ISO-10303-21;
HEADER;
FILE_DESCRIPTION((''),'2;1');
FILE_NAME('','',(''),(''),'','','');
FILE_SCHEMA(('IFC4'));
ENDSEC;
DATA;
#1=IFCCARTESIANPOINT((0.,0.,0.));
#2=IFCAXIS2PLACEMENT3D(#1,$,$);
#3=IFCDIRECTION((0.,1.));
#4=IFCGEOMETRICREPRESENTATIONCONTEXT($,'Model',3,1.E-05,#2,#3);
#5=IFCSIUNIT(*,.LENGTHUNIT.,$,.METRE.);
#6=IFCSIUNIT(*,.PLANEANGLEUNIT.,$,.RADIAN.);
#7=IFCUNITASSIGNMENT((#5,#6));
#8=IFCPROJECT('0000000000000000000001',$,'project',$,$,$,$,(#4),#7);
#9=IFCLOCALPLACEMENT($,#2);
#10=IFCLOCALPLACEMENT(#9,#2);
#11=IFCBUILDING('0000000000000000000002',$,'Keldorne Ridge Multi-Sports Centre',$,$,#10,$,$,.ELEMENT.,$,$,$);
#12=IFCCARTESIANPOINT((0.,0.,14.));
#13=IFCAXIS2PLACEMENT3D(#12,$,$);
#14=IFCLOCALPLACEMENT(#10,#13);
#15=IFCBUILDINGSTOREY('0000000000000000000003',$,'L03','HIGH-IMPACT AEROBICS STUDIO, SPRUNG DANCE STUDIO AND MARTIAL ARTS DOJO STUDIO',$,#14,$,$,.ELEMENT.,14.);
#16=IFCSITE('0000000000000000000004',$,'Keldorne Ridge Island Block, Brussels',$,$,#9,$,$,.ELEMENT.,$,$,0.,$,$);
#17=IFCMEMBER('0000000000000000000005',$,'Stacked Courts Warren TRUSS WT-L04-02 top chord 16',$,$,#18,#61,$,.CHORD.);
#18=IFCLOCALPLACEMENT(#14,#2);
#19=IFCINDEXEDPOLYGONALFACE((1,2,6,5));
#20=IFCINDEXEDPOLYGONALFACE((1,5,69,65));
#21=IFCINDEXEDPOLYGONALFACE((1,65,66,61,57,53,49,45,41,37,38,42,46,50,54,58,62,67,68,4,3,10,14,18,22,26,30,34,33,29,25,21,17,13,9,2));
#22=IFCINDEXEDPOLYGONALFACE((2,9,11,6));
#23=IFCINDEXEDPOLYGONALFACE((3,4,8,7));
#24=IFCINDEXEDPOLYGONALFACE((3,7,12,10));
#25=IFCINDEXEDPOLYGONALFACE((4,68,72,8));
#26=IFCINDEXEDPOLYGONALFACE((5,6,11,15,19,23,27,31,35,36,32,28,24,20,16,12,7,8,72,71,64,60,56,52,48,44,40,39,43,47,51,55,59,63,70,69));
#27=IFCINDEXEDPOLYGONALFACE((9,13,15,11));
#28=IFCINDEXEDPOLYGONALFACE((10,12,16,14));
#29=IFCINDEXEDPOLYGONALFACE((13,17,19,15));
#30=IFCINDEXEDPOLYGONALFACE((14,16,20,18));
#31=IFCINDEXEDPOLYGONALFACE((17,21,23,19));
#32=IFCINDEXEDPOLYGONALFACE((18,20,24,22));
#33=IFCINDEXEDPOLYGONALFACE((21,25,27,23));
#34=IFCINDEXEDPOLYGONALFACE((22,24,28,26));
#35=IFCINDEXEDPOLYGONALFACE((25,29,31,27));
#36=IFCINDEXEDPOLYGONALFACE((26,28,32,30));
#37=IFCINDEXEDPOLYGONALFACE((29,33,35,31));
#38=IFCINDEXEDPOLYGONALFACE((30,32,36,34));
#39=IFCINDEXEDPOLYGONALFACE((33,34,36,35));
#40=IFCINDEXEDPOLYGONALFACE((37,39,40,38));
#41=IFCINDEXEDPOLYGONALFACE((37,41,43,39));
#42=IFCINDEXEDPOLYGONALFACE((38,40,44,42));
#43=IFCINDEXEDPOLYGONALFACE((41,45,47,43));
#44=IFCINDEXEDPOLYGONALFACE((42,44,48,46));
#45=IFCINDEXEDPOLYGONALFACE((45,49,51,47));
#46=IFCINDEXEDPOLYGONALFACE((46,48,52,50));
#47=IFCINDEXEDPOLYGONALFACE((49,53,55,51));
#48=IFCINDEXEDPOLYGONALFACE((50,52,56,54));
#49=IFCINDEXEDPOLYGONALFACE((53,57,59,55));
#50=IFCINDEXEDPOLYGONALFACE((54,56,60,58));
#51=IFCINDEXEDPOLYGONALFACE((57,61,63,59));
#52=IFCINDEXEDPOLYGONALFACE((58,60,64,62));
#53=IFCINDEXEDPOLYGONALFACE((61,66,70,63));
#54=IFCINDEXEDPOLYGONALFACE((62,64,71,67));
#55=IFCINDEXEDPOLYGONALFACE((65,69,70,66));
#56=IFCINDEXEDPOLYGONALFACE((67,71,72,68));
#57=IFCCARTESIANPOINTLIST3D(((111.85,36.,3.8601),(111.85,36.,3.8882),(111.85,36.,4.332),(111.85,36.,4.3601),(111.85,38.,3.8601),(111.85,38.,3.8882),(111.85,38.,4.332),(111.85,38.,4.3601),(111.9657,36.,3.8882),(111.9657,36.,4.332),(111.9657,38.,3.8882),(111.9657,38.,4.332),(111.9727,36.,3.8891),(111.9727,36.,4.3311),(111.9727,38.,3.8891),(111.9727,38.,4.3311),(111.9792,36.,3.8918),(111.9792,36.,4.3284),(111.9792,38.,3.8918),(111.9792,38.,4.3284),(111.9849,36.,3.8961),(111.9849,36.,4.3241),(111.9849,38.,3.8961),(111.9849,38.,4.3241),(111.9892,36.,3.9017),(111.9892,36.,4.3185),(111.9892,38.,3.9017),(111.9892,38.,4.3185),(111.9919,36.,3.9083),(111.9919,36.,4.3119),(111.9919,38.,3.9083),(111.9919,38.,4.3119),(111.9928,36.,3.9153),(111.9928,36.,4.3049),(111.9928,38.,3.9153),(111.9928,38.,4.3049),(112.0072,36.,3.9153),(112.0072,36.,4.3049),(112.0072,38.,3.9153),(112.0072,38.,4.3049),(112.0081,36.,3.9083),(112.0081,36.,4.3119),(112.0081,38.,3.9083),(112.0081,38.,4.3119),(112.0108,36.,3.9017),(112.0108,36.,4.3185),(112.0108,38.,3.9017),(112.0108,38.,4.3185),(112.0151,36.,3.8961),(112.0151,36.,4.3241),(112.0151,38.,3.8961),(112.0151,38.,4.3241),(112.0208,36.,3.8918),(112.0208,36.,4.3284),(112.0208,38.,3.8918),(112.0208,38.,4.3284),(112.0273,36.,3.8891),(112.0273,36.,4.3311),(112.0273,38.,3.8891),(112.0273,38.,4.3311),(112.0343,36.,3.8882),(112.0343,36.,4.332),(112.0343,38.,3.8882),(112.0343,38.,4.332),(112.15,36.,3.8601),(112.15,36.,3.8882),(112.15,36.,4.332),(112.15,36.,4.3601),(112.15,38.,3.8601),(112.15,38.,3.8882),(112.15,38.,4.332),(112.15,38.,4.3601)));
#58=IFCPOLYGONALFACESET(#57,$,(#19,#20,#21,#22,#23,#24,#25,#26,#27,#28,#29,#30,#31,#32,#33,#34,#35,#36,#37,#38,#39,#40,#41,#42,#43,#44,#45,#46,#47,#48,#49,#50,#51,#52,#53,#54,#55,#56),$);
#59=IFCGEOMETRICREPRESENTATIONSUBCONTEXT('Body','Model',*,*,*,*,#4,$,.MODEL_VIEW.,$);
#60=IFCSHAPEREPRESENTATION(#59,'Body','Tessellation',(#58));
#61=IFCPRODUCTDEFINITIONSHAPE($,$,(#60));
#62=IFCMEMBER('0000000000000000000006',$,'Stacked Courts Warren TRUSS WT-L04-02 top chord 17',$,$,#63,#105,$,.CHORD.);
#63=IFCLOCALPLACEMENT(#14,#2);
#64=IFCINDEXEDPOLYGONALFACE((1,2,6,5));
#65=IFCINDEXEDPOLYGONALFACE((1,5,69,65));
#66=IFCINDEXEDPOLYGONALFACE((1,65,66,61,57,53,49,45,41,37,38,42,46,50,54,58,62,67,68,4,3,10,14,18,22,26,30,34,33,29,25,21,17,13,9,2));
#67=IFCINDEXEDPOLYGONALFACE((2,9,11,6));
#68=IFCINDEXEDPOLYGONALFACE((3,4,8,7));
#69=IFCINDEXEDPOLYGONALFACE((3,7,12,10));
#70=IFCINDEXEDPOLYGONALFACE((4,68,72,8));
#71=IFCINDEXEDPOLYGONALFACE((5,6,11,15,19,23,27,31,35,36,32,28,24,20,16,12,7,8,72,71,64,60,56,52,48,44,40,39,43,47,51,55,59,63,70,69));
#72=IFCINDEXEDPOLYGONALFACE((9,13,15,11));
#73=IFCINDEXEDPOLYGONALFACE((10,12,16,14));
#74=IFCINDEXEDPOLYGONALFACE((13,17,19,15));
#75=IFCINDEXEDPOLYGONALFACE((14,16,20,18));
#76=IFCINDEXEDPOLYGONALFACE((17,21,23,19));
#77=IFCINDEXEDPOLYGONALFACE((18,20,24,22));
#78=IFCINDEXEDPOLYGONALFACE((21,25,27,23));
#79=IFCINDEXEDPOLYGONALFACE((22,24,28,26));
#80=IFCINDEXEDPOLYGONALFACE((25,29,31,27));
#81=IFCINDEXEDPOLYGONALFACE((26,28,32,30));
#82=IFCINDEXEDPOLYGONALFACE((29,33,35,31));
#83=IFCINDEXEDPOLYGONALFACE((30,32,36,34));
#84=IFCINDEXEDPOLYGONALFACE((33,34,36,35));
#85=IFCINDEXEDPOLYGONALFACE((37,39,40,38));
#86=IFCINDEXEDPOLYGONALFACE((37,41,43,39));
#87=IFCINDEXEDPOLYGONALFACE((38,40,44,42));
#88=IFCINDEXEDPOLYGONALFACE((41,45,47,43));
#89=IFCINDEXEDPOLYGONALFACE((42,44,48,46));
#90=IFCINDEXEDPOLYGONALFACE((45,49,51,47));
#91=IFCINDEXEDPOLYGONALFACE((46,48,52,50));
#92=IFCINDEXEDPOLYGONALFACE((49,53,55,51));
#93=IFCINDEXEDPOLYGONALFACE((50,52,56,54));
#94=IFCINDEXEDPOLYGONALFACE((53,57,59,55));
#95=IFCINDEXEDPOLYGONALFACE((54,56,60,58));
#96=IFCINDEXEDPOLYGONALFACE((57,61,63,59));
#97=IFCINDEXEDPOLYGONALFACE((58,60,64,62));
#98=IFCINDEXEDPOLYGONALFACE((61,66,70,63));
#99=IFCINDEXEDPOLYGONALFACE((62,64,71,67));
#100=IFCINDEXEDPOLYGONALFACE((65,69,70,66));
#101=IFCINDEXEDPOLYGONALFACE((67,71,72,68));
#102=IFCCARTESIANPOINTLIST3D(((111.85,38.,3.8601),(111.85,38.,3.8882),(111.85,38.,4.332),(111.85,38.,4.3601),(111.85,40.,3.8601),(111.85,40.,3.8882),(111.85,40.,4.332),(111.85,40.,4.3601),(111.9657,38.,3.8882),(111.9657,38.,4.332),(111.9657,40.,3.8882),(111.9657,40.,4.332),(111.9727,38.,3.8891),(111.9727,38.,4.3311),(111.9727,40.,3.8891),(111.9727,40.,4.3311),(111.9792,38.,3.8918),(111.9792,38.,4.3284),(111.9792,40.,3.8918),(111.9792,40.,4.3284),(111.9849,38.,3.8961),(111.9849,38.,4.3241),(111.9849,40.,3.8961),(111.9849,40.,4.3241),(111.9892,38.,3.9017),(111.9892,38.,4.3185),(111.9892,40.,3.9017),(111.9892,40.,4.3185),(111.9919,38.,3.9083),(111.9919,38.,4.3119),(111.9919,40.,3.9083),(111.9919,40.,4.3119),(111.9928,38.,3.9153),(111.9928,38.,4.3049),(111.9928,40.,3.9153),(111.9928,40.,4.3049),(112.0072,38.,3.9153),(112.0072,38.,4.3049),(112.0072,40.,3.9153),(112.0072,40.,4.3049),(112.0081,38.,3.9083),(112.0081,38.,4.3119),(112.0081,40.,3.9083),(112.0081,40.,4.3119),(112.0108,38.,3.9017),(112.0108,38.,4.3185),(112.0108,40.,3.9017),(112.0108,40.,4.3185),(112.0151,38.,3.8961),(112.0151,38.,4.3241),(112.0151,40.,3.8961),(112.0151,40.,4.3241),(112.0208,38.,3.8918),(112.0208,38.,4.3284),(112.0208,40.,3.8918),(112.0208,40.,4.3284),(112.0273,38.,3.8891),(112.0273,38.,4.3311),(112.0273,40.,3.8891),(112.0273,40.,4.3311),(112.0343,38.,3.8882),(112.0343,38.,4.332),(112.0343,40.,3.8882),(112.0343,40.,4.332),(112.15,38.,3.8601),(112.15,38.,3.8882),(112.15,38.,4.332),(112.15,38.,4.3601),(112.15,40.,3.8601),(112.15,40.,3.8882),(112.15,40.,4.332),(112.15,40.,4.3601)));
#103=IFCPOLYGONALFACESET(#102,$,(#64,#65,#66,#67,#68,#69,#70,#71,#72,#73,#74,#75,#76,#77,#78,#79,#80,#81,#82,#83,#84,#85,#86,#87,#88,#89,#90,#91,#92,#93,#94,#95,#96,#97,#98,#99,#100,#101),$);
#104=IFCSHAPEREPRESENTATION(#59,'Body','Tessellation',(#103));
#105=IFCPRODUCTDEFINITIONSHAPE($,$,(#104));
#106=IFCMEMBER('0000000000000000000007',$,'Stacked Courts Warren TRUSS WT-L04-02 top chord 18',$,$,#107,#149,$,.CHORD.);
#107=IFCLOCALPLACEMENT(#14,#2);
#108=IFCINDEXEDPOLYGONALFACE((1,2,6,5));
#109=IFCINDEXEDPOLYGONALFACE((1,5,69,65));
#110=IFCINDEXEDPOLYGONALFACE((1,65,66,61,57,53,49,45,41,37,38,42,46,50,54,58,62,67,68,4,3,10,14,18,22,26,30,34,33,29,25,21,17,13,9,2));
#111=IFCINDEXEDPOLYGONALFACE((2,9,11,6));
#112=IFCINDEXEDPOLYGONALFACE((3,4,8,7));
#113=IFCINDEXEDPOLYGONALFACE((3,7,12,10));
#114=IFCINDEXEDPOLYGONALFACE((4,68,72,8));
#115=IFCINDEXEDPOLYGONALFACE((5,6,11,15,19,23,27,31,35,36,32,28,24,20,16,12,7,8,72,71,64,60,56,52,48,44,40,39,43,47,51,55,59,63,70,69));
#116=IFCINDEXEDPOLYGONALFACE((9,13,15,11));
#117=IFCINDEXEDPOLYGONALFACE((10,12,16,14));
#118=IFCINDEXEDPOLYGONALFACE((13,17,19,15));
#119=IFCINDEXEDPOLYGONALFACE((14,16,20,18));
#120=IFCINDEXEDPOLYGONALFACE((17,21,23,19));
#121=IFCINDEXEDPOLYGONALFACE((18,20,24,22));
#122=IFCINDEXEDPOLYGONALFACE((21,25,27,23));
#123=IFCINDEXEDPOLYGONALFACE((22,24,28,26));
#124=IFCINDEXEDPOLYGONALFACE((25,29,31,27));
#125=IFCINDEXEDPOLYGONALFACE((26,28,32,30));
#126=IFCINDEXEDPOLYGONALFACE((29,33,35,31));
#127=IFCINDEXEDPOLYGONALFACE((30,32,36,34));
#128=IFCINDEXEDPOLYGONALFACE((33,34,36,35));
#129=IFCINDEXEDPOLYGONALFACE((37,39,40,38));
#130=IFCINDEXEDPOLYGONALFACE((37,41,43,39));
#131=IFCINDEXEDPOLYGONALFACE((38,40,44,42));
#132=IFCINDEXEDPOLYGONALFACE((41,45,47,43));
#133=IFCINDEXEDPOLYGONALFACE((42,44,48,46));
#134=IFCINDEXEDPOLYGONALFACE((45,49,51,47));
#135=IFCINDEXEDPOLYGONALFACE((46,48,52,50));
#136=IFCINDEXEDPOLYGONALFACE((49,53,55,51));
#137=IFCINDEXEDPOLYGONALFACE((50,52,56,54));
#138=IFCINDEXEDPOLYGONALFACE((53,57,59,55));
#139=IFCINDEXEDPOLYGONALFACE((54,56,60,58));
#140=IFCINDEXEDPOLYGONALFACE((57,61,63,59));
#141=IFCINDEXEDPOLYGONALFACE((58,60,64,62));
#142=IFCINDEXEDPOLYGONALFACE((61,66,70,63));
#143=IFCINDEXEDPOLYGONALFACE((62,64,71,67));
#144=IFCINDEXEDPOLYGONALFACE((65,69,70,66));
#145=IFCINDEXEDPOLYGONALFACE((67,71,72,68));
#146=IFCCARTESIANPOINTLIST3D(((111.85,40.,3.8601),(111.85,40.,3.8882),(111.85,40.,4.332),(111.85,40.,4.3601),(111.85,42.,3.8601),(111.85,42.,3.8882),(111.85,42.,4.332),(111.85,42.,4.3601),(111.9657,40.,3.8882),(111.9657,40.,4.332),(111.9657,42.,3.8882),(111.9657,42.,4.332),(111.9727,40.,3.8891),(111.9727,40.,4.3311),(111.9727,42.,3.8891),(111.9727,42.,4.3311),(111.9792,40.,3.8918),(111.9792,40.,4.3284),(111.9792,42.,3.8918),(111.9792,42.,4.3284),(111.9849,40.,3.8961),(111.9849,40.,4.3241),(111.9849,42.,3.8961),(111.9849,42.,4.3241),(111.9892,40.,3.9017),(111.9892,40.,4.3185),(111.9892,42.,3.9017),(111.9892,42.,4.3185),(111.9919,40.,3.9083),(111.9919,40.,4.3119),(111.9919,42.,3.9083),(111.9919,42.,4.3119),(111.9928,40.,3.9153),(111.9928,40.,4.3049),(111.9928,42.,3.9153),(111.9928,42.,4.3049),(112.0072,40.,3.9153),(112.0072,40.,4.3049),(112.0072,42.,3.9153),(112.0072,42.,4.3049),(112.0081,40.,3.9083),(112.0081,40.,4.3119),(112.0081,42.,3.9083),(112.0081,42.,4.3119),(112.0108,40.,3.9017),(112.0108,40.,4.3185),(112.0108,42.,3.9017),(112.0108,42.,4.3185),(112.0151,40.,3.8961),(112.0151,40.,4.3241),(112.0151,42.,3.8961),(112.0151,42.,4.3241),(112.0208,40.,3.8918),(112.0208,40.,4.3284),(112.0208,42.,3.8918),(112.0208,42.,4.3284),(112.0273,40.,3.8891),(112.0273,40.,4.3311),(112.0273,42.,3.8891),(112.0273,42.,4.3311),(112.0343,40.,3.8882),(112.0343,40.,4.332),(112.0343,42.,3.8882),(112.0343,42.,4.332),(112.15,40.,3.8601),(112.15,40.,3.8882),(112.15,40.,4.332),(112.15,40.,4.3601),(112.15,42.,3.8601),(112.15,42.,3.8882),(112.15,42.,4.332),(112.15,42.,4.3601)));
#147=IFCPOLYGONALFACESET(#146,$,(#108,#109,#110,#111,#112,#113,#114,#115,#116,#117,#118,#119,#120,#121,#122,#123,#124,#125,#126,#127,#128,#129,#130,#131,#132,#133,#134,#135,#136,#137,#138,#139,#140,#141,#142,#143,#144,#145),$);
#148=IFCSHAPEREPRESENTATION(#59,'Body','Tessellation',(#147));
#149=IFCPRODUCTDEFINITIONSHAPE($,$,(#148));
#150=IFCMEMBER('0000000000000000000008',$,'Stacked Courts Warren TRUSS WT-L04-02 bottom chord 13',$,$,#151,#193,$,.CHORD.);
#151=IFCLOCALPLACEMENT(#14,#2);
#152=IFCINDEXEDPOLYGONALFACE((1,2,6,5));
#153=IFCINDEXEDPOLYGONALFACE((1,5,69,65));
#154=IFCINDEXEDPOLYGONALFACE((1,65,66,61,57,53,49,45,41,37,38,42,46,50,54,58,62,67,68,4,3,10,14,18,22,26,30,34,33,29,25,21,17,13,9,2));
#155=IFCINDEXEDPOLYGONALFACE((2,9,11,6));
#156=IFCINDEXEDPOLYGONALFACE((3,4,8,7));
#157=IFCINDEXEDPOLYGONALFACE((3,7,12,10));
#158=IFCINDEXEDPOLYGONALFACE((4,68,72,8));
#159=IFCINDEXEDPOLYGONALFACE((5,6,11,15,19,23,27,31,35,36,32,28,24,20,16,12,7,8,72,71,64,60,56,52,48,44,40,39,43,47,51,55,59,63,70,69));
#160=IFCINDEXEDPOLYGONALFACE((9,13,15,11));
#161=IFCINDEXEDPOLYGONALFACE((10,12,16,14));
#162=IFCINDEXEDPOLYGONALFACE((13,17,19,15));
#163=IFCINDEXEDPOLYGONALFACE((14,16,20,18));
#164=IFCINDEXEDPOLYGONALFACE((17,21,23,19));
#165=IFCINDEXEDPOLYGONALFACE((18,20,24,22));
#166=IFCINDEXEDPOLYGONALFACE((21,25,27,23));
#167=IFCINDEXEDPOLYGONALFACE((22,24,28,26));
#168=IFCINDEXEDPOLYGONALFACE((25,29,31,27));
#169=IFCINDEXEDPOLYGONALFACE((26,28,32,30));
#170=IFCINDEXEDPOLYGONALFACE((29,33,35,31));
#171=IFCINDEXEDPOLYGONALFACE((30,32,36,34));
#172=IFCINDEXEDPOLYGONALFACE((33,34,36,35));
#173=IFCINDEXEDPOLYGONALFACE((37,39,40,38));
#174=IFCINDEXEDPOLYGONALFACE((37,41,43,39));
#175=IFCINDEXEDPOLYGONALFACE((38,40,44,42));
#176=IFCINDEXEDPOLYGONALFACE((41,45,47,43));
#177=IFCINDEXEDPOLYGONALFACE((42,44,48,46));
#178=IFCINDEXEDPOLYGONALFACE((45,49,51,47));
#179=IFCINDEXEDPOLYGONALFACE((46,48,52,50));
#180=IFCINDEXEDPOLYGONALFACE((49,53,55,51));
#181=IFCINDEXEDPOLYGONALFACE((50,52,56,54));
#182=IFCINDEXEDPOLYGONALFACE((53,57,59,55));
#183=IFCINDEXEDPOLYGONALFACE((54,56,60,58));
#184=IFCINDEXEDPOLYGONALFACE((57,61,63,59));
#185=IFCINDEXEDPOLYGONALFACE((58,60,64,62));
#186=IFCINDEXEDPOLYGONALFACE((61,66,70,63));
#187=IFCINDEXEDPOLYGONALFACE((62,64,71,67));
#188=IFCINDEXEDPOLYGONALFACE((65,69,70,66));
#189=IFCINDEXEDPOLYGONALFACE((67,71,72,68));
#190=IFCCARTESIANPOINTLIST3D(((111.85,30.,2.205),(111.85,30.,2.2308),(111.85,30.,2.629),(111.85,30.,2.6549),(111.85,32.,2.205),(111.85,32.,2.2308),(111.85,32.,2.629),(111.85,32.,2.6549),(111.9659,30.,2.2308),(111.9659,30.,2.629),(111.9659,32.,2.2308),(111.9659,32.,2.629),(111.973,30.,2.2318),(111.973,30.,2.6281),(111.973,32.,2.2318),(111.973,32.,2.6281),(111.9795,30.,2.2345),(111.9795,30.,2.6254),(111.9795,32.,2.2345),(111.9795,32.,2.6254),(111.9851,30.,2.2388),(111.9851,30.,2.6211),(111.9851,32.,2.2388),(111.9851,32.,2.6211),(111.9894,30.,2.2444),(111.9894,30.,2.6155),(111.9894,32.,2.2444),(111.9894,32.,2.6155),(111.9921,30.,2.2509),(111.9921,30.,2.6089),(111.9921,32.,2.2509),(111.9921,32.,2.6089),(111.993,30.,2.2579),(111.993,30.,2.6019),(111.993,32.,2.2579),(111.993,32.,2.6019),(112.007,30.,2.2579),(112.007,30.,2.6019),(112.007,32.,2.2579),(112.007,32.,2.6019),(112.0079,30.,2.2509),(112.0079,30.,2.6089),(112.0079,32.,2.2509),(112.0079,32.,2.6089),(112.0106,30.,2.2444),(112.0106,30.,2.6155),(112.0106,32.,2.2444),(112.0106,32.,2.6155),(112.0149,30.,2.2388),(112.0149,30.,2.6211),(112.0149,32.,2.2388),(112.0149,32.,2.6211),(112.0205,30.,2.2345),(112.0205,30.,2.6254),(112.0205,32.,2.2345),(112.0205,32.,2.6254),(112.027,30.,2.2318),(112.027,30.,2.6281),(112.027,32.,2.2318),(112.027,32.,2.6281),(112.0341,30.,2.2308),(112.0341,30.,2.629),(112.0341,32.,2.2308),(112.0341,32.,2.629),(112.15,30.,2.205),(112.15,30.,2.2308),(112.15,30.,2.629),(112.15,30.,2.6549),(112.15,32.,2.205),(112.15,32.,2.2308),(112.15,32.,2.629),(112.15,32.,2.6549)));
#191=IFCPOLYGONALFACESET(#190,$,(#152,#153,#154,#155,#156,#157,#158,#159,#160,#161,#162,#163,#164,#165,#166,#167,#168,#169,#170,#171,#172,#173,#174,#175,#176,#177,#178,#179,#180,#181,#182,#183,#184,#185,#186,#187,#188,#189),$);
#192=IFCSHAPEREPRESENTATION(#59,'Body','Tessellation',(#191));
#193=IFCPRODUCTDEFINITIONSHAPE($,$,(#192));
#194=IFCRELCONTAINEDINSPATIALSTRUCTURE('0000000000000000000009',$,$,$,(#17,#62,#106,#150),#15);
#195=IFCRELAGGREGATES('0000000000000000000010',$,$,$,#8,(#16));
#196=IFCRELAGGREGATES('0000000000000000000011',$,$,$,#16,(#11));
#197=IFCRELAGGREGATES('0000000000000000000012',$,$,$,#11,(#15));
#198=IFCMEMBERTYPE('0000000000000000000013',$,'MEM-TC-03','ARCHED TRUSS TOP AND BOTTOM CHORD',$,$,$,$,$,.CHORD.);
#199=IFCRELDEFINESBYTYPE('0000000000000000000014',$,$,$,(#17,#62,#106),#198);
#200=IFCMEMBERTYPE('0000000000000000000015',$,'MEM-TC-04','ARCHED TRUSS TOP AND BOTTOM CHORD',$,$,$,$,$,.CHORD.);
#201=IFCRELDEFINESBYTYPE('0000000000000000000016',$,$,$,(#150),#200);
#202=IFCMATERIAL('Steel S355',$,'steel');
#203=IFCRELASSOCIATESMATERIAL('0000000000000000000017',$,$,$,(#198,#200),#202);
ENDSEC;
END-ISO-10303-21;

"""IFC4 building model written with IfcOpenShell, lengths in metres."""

from ifc_helpers import new_model, si_unit, direction, frame, origin, origin_2d, place, context, subcontext, project, spatial, i_section, extrude, material, material_profile, profile_set, type_object, element, save


model = new_model("IFC4")

# Units and contexts
model_context = context("Model", 3, precision=1e-05, world=origin(), true_north=direction((0.0, 1.0)))
body_context = subcontext(model_context, "Body", "Model", "MODEL_VIEW")
ifc_project = project(units=[si_unit("LENGTHUNIT", "METRE"), si_unit("PLANEANGLEUNIT", "RADIAN")], contexts=[model_context])

# Site, building, storey
site_placement = place(None, origin())
site = spatial("IfcSite", under=ifc_project, at=site_placement, Name="Keldorne Ridge Island Block, Brussels", CompositionType="ELEMENT", RefElevation=0.0)
building_placement = place(site_placement, origin())
building = spatial("IfcBuilding", under=site, at=building_placement, Name="Keldorne Ridge Multi-Sports Centre", CompositionType="ELEMENT")
storey_placement = place(building_placement, frame((0.0, 0.0, 14.0)))
storey = spatial("IfcBuildingStorey", under=building, at=storey_placement, Name="L03", Description="HIGH-IMPACT AEROBICS STUDIO, SPRUNG DANCE STUDIO AND MARTIAL ARTS DOJO STUDIO", CompositionType="ELEMENT", Elevation=14.0)

# Shared definitions
ifc_material_1 = material(Name="Steel S355", Category="steel")

# Members
ifc_material_profile_1 = material_profile(ifc_material_1, i_section(OverallWidth=0.3, OverallDepth=0.5, WebThickness=0.0144, FlangeThickness=0.0281, FilletRadius=0.0271, at=origin_2d()), Name="HEB 500")
ifc_profile_set_1 = profile_set([ifc_material_profile_1], Name="Steel S355")
member_type_1 = type_object("IfcMemberType", Name="MEM-TC-03", Description="ARCHED TRUSS TOP AND BOTTOM CHORD", PredefinedType="CHORD", material=ifc_profile_set_1)
for number, where, z_axis, x_axis, name in (
    (1, (112.0, 36.0, 4.1101), (0.0, 1.0, 0.0), (-1.0, 0.0, 0.0), "Stacked Courts Warren TRUSS WT-L04-02 top chord 16"),
    (2, (112.0, 38.0, 4.1101), (0.0, 1.0, 0.0), (-1.0, 0.0, 0.0), "Stacked Courts Warren TRUSS WT-L04-02 top chord 17"),
    (3, (112.0, 40.0, 4.1101), (0.0, 1.0, 0.0), (-1.0, 0.0, 0.0), "Stacked Courts Warren TRUSS WT-L04-02 top chord 18"),
):
    element("IfcMember", number, at=place(storey_placement, frame(where, z_axis=z_axis, x_axis=x_axis)), inside=storey, type_object=member_type_1, Name=name, PredefinedType="CHORD", context=body_context, shape_type="SweptSolid", body=[
        extrude(i_section(OverallWidth=0.3, OverallDepth=0.5, WebThickness=0.0144, FlangeThickness=0.0281, FilletRadius=0.0271, at=origin_2d()), origin(), (0.0, 0.0, 1.0), 2.0),
    ])
ifc_material_profile_2 = material_profile(ifc_material_1, i_section(OverallWidth=0.3, OverallDepth=0.45, WebThickness=0.0139, FlangeThickness=0.0259, FilletRadius=0.0271, at=origin_2d()), Name="HEB 450")
ifc_profile_set_2 = profile_set([ifc_material_profile_2], Name="Steel S355")
member_type_2 = type_object("IfcMemberType", Name="MEM-TC-04", Description="ARCHED TRUSS TOP AND BOTTOM CHORD", PredefinedType="CHORD", material=ifc_profile_set_2)
for number, where, z_axis, x_axis, name in (
    (4, (112.0, 30.0, 2.4299), (0.0, 1.0, 0.0), (-1.0, 0.0, 0.0), "Stacked Courts Warren TRUSS WT-L04-02 bottom chord 13"),
):
    element("IfcMember", number, at=place(storey_placement, frame(where, z_axis=z_axis, x_axis=x_axis)), inside=storey, type_object=member_type_2, Name=name, PredefinedType="CHORD", context=body_context, shape_type="SweptSolid", body=[
        extrude(i_section(OverallWidth=0.3, OverallDepth=0.45, WebThickness=0.0139, FlangeThickness=0.0259, FilletRadius=0.0271, at=origin_2d()), origin(), (0.0, 0.0, 1.0), 2.0),
    ])

save(model, "model.ifc")
